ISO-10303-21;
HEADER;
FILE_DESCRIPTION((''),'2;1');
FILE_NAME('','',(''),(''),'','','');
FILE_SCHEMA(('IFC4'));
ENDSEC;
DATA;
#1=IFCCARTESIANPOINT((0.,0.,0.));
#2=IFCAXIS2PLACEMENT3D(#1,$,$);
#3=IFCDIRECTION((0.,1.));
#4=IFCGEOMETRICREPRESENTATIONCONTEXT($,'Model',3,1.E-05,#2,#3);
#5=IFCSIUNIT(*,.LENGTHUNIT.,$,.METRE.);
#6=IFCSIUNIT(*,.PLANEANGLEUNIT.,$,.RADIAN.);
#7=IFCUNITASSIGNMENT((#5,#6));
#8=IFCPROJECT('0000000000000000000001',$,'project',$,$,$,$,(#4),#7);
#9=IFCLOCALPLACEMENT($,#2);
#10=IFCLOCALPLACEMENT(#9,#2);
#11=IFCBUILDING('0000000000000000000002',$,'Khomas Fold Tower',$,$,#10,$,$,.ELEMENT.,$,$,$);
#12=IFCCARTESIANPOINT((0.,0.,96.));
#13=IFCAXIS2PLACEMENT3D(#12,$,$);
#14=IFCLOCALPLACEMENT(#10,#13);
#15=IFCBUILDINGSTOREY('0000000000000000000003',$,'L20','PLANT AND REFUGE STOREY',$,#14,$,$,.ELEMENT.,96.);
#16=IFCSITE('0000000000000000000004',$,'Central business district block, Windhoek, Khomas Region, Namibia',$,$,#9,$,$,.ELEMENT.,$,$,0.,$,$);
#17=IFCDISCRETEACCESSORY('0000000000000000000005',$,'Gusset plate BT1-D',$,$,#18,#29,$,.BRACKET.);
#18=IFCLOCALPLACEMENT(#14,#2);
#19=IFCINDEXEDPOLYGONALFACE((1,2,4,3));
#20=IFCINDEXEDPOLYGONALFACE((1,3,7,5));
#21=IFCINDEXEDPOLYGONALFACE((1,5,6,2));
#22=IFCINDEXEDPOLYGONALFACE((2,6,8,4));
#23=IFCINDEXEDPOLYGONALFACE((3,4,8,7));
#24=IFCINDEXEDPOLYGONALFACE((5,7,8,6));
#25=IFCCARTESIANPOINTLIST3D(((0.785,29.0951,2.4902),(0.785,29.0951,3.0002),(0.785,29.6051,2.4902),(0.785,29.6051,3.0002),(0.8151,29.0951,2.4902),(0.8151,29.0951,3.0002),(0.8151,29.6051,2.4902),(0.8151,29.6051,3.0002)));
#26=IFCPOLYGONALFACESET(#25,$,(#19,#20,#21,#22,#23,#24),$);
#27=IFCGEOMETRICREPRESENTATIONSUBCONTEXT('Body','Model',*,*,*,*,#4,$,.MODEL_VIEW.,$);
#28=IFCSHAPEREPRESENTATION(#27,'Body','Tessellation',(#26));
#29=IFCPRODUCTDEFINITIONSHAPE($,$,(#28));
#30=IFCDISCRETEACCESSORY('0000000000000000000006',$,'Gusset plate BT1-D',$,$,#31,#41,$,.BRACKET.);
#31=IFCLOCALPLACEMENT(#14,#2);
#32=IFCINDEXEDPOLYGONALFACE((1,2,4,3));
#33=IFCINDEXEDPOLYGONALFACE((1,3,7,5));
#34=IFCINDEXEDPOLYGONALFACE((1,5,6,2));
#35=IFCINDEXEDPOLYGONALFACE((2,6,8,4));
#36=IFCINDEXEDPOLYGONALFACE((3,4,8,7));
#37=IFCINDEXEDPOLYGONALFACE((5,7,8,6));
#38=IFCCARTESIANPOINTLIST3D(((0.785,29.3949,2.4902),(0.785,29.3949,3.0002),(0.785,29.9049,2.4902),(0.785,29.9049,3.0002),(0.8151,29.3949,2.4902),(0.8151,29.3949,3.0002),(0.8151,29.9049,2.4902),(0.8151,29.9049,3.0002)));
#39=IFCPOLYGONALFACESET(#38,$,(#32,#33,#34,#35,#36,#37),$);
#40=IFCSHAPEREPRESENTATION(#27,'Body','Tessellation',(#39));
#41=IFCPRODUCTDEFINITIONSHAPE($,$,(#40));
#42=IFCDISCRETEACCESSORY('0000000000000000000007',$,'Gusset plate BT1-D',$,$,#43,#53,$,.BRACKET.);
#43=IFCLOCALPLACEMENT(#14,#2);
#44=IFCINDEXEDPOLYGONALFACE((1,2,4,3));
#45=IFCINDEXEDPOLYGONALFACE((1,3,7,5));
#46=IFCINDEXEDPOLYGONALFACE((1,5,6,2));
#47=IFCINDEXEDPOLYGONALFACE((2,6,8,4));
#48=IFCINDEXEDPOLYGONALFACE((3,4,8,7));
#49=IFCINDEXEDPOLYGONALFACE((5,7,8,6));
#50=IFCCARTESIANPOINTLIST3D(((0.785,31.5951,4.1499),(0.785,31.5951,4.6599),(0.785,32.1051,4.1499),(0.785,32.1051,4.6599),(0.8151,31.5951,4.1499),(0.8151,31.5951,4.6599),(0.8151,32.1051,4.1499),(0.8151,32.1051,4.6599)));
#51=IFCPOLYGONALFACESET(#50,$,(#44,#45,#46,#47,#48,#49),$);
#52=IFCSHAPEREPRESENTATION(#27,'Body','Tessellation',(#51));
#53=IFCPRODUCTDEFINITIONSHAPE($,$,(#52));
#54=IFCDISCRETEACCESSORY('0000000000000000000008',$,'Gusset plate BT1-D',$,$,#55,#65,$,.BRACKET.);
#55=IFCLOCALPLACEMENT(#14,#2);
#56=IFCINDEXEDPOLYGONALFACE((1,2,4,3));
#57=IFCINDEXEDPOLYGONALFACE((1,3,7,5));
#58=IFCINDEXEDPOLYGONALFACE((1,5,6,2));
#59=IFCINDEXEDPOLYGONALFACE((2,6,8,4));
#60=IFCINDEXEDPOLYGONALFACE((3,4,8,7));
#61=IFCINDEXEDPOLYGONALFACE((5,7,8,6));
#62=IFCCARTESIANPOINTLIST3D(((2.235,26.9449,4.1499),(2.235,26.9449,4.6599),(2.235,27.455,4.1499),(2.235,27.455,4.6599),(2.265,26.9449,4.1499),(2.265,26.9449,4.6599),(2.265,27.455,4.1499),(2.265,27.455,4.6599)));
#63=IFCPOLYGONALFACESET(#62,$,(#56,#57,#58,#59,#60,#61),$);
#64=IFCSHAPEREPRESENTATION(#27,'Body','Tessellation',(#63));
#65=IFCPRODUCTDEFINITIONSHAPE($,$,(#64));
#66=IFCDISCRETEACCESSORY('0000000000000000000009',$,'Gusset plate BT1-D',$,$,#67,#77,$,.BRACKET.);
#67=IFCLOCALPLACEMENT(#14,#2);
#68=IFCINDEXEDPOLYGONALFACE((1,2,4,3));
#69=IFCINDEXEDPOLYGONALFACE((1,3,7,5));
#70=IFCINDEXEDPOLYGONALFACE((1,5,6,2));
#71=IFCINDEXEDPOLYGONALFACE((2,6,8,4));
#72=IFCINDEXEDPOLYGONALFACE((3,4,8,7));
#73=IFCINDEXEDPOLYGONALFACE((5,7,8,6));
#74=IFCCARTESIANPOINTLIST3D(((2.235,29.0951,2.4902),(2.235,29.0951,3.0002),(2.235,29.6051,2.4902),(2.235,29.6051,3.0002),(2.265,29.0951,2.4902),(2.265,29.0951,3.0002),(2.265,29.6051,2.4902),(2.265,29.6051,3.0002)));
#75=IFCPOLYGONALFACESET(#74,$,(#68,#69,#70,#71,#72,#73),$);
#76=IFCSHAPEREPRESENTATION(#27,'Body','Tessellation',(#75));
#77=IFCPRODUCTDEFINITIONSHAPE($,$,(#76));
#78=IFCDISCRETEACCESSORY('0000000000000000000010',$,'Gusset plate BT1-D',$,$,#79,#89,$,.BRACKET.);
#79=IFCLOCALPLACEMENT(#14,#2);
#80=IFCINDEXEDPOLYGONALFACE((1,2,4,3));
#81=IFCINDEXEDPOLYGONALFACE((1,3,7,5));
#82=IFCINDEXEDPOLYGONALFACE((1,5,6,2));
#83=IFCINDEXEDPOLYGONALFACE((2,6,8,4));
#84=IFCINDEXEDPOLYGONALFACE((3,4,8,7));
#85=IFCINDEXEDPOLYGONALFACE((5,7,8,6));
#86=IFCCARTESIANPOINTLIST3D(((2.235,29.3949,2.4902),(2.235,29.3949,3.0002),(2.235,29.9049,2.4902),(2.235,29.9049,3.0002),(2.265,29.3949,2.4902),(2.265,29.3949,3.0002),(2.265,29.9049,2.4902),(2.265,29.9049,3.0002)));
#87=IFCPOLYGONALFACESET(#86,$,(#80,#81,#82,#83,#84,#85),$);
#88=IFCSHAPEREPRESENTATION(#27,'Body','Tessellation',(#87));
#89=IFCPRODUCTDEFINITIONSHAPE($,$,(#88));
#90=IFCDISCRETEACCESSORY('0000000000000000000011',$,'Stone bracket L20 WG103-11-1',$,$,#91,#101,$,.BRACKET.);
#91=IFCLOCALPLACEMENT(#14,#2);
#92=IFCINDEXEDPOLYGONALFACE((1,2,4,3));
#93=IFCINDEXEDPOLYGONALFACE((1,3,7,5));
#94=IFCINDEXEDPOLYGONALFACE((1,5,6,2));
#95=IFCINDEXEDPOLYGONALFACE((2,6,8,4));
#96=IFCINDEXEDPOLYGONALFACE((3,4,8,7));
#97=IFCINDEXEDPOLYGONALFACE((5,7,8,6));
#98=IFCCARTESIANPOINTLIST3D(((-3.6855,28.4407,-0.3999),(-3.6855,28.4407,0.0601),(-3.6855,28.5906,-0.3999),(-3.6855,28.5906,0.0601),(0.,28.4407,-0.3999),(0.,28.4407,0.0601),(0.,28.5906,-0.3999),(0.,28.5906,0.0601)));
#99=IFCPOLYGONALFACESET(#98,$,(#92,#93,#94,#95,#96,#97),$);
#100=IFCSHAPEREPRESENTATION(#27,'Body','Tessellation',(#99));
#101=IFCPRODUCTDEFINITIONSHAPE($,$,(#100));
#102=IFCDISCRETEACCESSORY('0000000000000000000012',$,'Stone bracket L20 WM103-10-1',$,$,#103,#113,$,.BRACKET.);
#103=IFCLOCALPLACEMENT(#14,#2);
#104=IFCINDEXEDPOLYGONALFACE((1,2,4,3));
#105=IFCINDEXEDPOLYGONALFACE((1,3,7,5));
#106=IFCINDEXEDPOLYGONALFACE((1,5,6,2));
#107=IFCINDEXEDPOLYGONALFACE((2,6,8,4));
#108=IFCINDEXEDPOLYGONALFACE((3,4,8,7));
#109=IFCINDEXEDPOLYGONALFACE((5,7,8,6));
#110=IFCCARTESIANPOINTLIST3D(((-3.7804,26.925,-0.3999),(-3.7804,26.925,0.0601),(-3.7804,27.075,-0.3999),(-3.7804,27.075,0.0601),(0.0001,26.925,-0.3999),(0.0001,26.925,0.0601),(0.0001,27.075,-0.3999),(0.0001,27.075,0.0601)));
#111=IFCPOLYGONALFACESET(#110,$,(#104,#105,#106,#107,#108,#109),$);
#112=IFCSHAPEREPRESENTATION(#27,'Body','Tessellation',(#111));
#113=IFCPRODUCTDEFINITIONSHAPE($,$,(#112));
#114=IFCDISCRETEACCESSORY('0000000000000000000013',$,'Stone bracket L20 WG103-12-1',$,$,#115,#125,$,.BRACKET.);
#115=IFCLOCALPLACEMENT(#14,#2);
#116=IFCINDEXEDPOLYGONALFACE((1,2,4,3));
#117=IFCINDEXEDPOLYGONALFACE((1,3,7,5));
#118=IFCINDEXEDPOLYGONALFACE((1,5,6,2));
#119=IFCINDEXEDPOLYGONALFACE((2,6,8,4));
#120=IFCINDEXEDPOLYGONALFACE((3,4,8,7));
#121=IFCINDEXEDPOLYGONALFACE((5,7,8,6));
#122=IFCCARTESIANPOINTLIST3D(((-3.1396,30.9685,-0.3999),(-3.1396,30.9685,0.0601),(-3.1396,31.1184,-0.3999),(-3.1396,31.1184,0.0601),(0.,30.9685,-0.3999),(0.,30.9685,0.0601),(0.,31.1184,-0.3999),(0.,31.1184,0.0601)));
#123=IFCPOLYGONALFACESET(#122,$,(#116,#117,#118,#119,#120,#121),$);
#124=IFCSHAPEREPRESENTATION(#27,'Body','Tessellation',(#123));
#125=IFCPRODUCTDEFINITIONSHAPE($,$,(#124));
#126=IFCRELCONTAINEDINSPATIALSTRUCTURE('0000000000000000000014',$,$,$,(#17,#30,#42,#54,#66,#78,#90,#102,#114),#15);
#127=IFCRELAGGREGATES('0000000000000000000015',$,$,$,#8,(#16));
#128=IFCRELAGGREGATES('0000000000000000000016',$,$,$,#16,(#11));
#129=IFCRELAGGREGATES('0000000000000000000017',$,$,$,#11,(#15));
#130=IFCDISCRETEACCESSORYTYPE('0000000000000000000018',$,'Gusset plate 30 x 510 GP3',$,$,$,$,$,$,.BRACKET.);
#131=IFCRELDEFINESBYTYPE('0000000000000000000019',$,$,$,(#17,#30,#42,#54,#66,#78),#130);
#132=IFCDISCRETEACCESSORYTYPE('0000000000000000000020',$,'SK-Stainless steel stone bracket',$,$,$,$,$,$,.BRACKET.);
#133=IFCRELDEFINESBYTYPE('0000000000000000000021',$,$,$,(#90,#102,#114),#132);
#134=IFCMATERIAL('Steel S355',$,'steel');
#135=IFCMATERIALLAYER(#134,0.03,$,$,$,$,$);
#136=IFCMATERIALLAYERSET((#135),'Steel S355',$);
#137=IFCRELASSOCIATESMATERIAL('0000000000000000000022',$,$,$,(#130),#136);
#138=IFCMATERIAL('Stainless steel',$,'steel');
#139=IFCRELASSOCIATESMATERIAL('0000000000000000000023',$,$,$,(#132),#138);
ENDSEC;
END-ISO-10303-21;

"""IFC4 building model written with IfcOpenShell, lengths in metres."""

from ifc_helpers import new_model, si_unit, direction, frame, origin, origin_2d, place, context, subcontext, project, spatial, rectangle, extrude, source, transform, mapped, material, layer, layer_set, type_object, element, save


model = new_model("IFC4")

# Units and contexts
model_context = context("Model", 3, precision=1e-05, world=origin(), true_north=direction((0.0, 1.0)))
body_context = subcontext(model_context, "Body", "Model", "MODEL_VIEW")
ifc_project = project(units=[si_unit("LENGTHUNIT", "METRE"), si_unit("PLANEANGLEUNIT", "RADIAN")], contexts=[model_context])

# Site, building, storey
site_placement = place(None, origin())
site = spatial("IfcSite", under=ifc_project, at=site_placement, Name="Central business district block, Windhoek, Khomas Region, Namibia", CompositionType="ELEMENT", RefElevation=0.0)
building_placement = place(site_placement, origin())
building = spatial("IfcBuilding", under=site, at=building_placement, Name="Khomas Fold Tower", CompositionType="ELEMENT")
storey_placement = place(building_placement, frame((0.0, 0.0, 96.0)))
storey = spatial("IfcBuildingStorey", under=building, at=storey_placement, Name="L20", Description="PLANT AND REFUGE STOREY", CompositionType="ELEMENT", Elevation=96.0)

# Discrete accessories
ifc_material_1 = material(Name="Steel S355", Category="steel")
ifc_layer_1 = layer(ifc_material_1, 0.03)
ifc_layer_set_1 = layer_set([ifc_layer_1], Name="Steel S355")
discrete_accessory_type_1 = type_object("IfcDiscreteAccessoryType", Name="Gusset plate 30 x 510 GP3", PredefinedType="BRACKET", material=ifc_layer_set_1)
shared_shape_1 = source(origin(), body_context, "Body", "SweptSolid", [
    extrude(rectangle(XDim=0.51, YDim=0.03, at=origin_2d()), origin(), (0.0, 0.0, 1.0), 0.51),
])
for number, where, z_axis, x_axis, name in (
    (1, (0.8, 29.3501, 2.4902), (0.0, 0.0, 1.0), (0.0, 1.0, 0.0), "Gusset plate BT1-D"),
    (2, (0.8, 29.6499, 2.4902), (0.0, 0.0, 1.0), (0.0, 1.0, 0.0), "Gusset plate BT1-D"),
    (3, (0.8, 31.8501, 4.1499), (0.0, 0.0, 1.0), (0.0, 1.0, 0.0), "Gusset plate BT1-D"),
    (4, (2.25, 27.2, 4.1499), (0.0, 0.0, 1.0), (0.0, 1.0, 0.0), "Gusset plate BT1-D"),
    (5, (2.25, 29.3501, 2.4902), (0.0, 0.0, 1.0), (0.0, 1.0, 0.0), "Gusset plate BT1-D"),
    (6, (2.25, 29.6499, 2.4902), (0.0, 0.0, 1.0), (0.0, 1.0, 0.0), "Gusset plate BT1-D"),
):
    element("IfcDiscreteAccessory", number, at=place(storey_placement, frame(where, z_axis=z_axis, x_axis=x_axis)), inside=storey, type_object=discrete_accessory_type_1, Name=name, PredefinedType="BRACKET", context=body_context, shape_type="MappedRepresentation", body=[
        mapped(shared_shape_1, transform((0.0, 0.0, 0.0))),
    ])
ifc_material_2 = material(Name="Stainless steel", Category="steel")
discrete_accessory_type_2 = type_object("IfcDiscreteAccessoryType", Name="SK-Stainless steel stone bracket", PredefinedType="BRACKET", material=ifc_material_2)
shared_shape_2 = source(origin(), body_context, "Body", "SweptSolid", [
    extrude(rectangle(XDim=3.6855, YDim=0.1499, at=origin_2d()), origin(), (0.0, 0.0, 1.0), 0.46),
])
discrete_accessory_1_placement = place(storey_placement, frame((-1.8428, 28.5156, -0.3999), z_axis=(0.0, 0.0, 1.0), x_axis=(-1.0, 0.0, 0.0)))
element("IfcDiscreteAccessory", 7, at=discrete_accessory_1_placement, inside=storey, type_object=discrete_accessory_type_2, Name="Stone bracket L20 WG103-11-1", PredefinedType="BRACKET", context=body_context, shape_type="MappedRepresentation", body=[
    mapped(shared_shape_2, transform((0.0, 0.0, 0.0))),
])
shared_shape_3 = source(origin(), body_context, "Body", "SweptSolid", [
    extrude(rectangle(XDim=3.7805, YDim=0.1499, at=origin_2d()), origin(), (0.0, 0.0, 1.0), 0.46),
])
discrete_accessory_2_placement = place(storey_placement, frame((-1.8901, 27.0, -0.3999), z_axis=(0.0, 0.0, 1.0), x_axis=(-1.0, 0.0, 0.0)))
element("IfcDiscreteAccessory", 8, at=discrete_accessory_2_placement, inside=storey, type_object=discrete_accessory_type_2, Name="Stone bracket L20 WM103-10-1", PredefinedType="BRACKET", context=body_context, shape_type="MappedRepresentation", body=[
    mapped(shared_shape_3, transform((0.0, 0.0, 0.0))),
])
shared_shape_4 = source(origin(), body_context, "Body", "SweptSolid", [
    extrude(rectangle(XDim=3.1396, YDim=0.1499, at=origin_2d()), origin(), (0.0, 0.0, 1.0), 0.46),
])
discrete_accessory_3_placement = place(storey_placement, frame((-1.5698, 31.0435, -0.3999), z_axis=(0.0, 0.0, 1.0), x_axis=(-1.0, 0.0, 0.0)))
element("IfcDiscreteAccessory", 9, at=discrete_accessory_3_placement, inside=storey, type_object=discrete_accessory_type_2, Name="Stone bracket L20 WG103-12-1", PredefinedType="BRACKET", context=body_context, shape_type="MappedRepresentation", body=[
    mapped(shared_shape_4, transform((0.0, 0.0, 0.0))),
])

save(model, "model.ifc")
